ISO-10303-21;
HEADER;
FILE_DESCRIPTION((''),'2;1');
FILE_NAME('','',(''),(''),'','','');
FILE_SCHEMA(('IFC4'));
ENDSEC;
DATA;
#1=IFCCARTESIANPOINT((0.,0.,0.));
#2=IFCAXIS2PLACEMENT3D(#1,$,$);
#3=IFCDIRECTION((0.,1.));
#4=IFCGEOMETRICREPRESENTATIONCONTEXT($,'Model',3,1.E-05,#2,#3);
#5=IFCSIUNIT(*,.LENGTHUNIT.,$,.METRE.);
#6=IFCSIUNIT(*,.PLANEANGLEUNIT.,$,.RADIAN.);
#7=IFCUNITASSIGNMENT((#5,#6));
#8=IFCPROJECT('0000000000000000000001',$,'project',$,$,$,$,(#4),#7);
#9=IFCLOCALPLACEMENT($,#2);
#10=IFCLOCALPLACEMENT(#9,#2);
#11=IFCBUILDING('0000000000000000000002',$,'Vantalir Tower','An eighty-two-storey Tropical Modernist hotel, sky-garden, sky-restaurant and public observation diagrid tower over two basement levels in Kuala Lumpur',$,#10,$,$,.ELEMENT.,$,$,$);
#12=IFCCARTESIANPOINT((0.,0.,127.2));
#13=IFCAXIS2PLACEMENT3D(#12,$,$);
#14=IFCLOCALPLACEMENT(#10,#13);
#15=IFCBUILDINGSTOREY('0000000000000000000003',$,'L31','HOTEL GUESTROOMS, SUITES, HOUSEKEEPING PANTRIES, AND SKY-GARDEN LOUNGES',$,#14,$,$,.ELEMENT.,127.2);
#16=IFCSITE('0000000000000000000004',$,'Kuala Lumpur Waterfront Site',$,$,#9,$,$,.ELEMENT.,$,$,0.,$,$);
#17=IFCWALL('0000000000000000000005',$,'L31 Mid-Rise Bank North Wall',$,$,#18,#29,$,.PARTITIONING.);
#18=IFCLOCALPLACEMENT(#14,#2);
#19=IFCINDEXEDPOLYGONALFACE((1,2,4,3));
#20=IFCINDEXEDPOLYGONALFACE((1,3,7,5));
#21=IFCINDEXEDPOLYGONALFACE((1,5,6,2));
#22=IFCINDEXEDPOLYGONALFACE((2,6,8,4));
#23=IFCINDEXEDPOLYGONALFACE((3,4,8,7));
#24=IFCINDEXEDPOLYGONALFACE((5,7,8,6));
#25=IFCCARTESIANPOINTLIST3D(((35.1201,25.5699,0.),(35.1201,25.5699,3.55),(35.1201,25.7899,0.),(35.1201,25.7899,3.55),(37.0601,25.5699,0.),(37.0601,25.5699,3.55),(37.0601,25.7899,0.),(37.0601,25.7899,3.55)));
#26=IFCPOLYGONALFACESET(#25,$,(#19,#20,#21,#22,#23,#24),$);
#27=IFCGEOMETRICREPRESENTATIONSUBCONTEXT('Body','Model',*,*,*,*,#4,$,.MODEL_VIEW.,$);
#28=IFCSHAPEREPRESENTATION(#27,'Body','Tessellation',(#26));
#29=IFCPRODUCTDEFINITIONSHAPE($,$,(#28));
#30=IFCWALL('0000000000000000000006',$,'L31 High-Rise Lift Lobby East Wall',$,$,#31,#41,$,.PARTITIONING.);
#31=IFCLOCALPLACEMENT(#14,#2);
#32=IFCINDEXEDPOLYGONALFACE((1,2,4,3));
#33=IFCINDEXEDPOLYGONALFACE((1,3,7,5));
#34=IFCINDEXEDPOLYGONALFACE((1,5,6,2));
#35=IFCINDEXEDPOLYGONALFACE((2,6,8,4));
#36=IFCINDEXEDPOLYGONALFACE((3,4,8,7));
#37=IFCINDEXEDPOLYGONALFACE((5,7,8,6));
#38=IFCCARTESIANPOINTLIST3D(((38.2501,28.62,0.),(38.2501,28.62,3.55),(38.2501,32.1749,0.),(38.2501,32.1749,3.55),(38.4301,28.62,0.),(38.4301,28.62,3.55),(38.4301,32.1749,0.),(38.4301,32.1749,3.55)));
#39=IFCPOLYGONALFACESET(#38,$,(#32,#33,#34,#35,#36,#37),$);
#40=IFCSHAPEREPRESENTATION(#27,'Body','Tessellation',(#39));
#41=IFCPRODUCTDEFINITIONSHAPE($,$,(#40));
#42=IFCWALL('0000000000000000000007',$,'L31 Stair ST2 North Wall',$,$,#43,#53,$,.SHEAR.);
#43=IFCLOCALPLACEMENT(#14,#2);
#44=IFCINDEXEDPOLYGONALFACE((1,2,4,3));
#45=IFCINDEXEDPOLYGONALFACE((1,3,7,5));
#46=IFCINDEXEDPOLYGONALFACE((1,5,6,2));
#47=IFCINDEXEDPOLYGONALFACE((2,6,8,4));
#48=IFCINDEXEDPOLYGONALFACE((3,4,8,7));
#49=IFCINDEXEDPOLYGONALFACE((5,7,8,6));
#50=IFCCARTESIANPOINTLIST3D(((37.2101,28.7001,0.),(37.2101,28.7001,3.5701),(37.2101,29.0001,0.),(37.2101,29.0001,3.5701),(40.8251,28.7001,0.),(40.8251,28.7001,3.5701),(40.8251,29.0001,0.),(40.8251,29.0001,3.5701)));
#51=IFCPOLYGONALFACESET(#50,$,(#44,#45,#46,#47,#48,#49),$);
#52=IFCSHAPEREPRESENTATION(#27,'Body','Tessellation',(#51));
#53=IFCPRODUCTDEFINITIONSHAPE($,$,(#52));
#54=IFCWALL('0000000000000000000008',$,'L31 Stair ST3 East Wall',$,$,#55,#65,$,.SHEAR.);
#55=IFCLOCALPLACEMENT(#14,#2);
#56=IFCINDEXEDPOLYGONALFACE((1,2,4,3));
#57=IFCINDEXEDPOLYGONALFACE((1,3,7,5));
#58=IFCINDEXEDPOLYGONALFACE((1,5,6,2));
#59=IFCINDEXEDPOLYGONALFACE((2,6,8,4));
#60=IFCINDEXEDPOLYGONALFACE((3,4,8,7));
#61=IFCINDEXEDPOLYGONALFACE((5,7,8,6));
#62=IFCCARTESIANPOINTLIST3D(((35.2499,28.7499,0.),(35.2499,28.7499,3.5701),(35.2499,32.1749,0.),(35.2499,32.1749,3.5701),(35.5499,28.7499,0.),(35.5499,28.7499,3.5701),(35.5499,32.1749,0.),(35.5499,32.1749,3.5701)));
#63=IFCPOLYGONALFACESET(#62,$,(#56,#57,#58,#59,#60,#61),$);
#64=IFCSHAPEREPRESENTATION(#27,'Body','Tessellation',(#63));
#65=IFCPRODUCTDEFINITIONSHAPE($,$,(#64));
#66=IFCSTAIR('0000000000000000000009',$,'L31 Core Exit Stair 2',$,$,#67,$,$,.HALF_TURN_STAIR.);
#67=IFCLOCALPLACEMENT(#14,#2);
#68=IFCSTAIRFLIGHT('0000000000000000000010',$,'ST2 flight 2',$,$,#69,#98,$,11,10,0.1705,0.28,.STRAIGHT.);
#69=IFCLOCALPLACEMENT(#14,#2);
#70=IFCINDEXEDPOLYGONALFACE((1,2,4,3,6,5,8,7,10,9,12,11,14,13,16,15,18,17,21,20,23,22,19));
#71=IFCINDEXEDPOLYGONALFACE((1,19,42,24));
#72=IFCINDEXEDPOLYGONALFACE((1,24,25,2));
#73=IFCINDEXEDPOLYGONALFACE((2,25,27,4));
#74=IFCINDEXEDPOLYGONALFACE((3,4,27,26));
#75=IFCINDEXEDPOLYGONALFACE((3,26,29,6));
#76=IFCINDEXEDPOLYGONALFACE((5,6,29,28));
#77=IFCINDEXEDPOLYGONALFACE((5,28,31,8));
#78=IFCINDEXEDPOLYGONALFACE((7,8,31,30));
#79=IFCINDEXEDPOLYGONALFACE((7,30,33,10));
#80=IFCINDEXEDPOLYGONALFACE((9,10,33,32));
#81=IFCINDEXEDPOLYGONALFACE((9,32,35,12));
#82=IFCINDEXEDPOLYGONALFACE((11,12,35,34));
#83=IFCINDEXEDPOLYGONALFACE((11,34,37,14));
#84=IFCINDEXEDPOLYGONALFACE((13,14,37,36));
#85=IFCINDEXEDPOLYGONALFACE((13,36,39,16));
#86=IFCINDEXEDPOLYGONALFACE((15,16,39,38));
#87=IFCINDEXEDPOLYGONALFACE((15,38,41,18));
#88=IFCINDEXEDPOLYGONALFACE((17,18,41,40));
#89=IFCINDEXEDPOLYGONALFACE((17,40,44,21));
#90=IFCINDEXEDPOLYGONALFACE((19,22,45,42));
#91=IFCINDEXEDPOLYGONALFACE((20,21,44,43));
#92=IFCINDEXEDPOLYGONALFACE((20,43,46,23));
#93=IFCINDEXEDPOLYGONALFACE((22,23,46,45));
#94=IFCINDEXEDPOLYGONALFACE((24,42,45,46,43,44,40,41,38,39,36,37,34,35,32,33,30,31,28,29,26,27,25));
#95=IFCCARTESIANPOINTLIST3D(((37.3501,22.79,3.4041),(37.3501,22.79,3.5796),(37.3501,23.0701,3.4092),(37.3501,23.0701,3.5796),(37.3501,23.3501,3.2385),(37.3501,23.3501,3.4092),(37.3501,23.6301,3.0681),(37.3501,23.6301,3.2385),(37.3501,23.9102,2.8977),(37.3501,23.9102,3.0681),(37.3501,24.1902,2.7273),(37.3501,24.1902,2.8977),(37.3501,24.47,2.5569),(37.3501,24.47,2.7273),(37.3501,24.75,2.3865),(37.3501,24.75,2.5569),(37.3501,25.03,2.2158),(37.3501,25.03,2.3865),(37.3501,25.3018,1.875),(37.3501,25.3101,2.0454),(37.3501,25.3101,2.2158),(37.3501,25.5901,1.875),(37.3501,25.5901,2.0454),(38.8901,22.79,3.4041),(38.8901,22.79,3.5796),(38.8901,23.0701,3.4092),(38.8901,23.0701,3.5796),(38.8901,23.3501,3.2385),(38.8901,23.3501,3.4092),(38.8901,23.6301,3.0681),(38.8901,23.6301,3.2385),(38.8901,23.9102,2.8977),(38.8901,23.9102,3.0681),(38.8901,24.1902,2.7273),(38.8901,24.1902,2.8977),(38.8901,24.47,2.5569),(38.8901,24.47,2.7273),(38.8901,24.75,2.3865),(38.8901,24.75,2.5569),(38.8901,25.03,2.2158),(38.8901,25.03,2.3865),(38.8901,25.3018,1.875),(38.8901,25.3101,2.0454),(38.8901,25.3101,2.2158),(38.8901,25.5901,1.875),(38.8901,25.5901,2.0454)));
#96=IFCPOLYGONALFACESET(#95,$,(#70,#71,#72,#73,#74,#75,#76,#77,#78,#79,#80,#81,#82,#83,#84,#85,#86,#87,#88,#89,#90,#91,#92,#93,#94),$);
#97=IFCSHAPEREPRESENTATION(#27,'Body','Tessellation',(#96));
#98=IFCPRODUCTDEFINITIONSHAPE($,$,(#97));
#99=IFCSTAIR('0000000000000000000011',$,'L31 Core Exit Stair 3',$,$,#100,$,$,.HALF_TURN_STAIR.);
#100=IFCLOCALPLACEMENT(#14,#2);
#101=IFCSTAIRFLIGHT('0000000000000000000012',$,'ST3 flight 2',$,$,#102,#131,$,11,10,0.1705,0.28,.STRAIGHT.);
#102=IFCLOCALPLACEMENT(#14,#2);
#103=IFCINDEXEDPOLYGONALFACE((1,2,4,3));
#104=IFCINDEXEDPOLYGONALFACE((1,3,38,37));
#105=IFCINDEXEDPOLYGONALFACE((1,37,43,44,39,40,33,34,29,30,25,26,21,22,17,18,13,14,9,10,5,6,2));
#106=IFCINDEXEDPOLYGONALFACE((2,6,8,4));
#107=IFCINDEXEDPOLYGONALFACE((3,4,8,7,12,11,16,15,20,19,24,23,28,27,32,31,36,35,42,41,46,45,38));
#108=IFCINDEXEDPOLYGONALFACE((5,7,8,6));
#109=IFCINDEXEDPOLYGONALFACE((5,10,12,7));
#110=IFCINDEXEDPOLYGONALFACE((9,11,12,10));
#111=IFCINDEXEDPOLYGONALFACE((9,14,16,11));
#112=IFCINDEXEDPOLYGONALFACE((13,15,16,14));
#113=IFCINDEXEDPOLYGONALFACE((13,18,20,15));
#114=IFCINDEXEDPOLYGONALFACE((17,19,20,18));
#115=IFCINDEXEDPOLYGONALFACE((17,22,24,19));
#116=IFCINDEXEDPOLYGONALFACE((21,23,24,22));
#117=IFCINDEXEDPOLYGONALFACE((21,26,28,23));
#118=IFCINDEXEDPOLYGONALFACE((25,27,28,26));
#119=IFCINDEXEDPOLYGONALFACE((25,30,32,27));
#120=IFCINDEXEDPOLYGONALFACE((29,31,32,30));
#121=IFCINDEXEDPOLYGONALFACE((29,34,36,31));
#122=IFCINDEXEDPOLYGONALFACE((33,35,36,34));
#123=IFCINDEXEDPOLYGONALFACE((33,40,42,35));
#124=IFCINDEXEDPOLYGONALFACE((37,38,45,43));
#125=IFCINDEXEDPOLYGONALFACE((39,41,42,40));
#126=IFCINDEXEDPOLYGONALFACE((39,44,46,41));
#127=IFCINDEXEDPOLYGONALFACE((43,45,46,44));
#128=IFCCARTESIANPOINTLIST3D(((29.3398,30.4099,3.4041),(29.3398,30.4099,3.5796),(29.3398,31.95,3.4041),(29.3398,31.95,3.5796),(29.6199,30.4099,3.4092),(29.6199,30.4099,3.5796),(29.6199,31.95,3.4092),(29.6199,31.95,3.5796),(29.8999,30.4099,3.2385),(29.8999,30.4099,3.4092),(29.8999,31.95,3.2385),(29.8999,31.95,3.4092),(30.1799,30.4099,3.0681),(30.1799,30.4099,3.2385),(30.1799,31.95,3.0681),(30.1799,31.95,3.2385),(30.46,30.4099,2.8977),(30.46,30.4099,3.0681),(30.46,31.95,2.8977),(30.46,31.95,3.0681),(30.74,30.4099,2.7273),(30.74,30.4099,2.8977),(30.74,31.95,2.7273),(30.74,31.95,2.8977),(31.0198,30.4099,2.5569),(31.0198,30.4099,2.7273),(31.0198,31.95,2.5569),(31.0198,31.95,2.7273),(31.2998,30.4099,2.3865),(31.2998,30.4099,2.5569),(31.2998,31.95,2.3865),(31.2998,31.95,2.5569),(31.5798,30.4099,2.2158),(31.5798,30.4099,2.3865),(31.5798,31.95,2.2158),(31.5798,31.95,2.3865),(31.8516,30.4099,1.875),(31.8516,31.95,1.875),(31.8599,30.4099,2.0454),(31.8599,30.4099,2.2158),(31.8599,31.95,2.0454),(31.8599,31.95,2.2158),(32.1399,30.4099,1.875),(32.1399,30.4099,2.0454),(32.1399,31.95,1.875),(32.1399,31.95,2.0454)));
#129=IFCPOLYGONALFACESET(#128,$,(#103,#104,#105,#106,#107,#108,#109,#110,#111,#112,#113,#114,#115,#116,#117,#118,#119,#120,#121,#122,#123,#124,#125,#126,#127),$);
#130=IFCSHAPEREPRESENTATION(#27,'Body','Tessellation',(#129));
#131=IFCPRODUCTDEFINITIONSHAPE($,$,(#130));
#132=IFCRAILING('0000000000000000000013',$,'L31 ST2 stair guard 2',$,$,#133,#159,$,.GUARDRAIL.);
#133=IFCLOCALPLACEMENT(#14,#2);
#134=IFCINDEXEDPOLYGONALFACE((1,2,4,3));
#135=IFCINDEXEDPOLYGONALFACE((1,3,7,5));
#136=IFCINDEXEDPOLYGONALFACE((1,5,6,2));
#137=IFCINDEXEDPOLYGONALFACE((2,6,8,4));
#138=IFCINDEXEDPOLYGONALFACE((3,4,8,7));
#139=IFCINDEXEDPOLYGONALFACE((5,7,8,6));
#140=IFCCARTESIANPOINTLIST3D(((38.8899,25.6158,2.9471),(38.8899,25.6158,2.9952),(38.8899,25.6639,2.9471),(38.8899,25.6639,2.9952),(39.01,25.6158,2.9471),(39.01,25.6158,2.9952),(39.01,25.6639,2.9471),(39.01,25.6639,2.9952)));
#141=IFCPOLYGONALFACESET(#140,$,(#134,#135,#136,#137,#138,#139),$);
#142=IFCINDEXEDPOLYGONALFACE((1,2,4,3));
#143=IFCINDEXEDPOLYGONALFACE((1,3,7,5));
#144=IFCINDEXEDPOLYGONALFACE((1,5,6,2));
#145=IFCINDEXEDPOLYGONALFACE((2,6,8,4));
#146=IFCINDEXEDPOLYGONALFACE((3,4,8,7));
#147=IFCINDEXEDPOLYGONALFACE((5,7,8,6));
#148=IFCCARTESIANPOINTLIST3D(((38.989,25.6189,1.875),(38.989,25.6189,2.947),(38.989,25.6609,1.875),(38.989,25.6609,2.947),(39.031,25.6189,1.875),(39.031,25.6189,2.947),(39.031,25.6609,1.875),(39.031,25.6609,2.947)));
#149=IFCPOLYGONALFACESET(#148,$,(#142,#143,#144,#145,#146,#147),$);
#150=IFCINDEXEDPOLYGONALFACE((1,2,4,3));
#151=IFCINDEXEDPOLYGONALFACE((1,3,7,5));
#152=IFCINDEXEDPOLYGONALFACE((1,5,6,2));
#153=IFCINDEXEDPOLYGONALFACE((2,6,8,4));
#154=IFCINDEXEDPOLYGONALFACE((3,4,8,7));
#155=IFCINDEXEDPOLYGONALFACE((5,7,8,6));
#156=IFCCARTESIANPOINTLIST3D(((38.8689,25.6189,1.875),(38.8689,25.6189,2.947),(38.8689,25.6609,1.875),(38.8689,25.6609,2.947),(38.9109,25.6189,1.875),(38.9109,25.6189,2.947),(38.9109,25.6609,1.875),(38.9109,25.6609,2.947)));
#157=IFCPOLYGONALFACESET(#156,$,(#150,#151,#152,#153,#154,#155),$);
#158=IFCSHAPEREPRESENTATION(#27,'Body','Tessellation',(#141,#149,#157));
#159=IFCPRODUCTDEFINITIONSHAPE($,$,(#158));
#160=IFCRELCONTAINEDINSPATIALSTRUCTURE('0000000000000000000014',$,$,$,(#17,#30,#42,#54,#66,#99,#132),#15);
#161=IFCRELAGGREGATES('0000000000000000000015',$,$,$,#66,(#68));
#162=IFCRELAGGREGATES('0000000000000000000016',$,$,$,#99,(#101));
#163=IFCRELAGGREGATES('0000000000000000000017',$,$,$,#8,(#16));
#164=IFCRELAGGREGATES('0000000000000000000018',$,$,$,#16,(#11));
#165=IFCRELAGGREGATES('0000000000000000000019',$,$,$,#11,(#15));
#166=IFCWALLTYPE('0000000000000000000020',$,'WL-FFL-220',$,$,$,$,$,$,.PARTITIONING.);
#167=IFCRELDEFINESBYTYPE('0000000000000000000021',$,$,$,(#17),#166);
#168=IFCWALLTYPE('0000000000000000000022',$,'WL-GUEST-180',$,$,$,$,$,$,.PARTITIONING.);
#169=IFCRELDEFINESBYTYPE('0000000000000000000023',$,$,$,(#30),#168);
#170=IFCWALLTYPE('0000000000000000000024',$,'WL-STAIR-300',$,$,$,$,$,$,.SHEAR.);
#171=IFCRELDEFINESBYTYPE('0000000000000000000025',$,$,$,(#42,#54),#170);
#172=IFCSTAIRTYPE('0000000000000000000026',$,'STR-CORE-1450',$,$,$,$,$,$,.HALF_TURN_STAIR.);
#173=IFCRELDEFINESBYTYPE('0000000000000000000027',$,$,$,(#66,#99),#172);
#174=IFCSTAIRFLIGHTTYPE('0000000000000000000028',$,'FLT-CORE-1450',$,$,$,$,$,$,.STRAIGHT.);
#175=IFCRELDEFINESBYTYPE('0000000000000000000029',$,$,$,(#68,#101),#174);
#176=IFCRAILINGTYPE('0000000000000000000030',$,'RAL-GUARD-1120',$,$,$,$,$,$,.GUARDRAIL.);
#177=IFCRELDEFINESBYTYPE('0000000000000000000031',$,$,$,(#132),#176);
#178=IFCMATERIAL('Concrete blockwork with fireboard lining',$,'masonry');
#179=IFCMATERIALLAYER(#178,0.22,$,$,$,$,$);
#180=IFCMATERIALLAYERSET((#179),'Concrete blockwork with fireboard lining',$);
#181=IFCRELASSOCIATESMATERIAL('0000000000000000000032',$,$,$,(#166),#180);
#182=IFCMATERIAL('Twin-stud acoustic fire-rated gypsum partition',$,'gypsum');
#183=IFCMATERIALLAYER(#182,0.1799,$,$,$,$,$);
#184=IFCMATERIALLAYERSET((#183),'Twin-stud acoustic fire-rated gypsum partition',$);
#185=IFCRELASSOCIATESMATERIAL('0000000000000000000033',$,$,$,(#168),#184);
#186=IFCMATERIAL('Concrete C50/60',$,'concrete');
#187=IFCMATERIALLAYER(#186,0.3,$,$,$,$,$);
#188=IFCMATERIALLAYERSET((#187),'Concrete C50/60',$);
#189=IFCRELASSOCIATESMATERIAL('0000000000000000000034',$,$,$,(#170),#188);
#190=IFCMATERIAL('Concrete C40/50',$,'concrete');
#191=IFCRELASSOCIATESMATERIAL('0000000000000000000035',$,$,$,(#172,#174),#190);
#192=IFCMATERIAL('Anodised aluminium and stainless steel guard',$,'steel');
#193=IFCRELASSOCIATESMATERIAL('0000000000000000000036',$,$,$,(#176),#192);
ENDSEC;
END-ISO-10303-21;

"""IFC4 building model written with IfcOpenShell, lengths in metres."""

from ifc_helpers import new_model, si_unit, direction, frame, frame_2d, origin, origin_2d, place, context, subcontext, project, spatial, polyline, rectangle, outline, extrude, material, layer, layer_set, type_object, element, aggregate, save


model = new_model("IFC4")

# Units and contexts
model_context = context("Model", 3, precision=1e-05, world=origin(), true_north=direction((0.0, 1.0)))
body_context = subcontext(model_context, "Body", "Model", "MODEL_VIEW")
ifc_project = project(units=[si_unit("LENGTHUNIT", "METRE"), si_unit("PLANEANGLEUNIT", "RADIAN")], contexts=[model_context])

# Site, building, storey
site_placement = place(None, origin())
site = spatial("IfcSite", under=ifc_project, at=site_placement, Name="Kuala Lumpur Waterfront Site", CompositionType="ELEMENT", RefElevation=0.0)
building_placement = place(site_placement, origin())
building = spatial("IfcBuilding", under=site, at=building_placement, Name="Vantalir Tower", Description="An eighty-two-storey Tropical Modernist hotel, sky-garden, sky-restaurant and public observation diagrid tower over two basement levels in Kuala Lumpur", CompositionType="ELEMENT")
storey_placement = place(building_placement, frame((0.0, 0.0, 127.2)))
storey = spatial("IfcBuildingStorey", under=building, at=storey_placement, Name="L31", Description="HOTEL GUESTROOMS, SUITES, HOUSEKEEPING PANTRIES, AND SKY-GARDEN LOUNGES", CompositionType="ELEMENT", Elevation=127.2)

# Walls
ifc_material_1 = material(Name="Concrete blockwork with fireboard lining", Category="masonry")
ifc_layer_1 = layer(ifc_material_1, 0.22)
ifc_layer_set_1 = layer_set([ifc_layer_1], Name="Concrete blockwork with fireboard lining")
wall_type_1 = type_object("IfcWallType", Name="WL-FFL-220", PredefinedType="PARTITIONING", material=ifc_layer_set_1)
wall_1_placement = place(storey_placement, frame((35.1201, 25.6799, 0.0), z_axis=(0.0, 0.0, 1.0), x_axis=(1.0, 0.0, 0.0)))
element("IfcWall", 1, at=wall_1_placement, inside=storey, type_object=wall_type_1, Name="L31 Mid-Rise Bank North Wall", PredefinedType="PARTITIONING", context=body_context, shape_type="SweptSolid", body=[
    extrude(rectangle(XDim=1.9399, YDim=0.22, at=frame_2d((0.97, 0.0))), origin(), (0.0, 0.0, 1.0), 3.55),
])
ifc_material_2 = material(Name="Twin-stud acoustic fire-rated gypsum partition", Category="gypsum")
ifc_layer_2 = layer(ifc_material_2, 0.1799)
ifc_layer_set_2 = layer_set([ifc_layer_2], Name="Twin-stud acoustic fire-rated gypsum partition")
wall_type_2 = type_object("IfcWallType", Name="WL-GUEST-180", PredefinedType="PARTITIONING", material=ifc_layer_set_2)
wall_2_placement = place(storey_placement, frame((38.3401, 28.6201, 0.0), z_axis=(0.0, 0.0, 1.0), x_axis=(0.0, 1.0, 0.0)))
element("IfcWall", 2, at=wall_2_placement, inside=storey, type_object=wall_type_2, Name="L31 High-Rise Lift Lobby East Wall", PredefinedType="PARTITIONING", context=body_context, shape_type="SweptSolid", body=[
    extrude(rectangle(XDim=3.5549, YDim=0.1799, at=frame_2d((1.7773, 0.0))), origin(), (0.0, 0.0, 1.0), 3.55),
])
ifc_material_3 = material(Name="Concrete C50/60", Category="concrete")
ifc_layer_3 = layer(ifc_material_3, 0.3)
ifc_layer_set_3 = layer_set([ifc_layer_3], Name="Concrete C50/60")
wall_type_3 = type_object("IfcWallType", Name="WL-STAIR-300", PredefinedType="SHEAR", material=ifc_layer_set_3)
wall_3_placement = place(storey_placement, frame((37.21, 28.8501, 0.0), z_axis=(0.0, 0.0, 1.0), x_axis=(1.0, 0.0, 0.0)))
element("IfcWall", 3, at=wall_3_placement, inside=storey, type_object=wall_type_3, Name="L31 Stair ST2 North Wall", PredefinedType="SHEAR", context=body_context, shape_type="SweptSolid", body=[
    extrude(rectangle(XDim=3.615, YDim=0.3, at=frame_2d((1.8076, 0.0))), origin(), (0.0, 0.0, 1.0), 3.5701),
])
wall_4_placement = place(storey_placement, frame((35.3999, 28.75, 0.0), z_axis=(0.0, 0.0, 1.0), x_axis=(0.0, 1.0, 0.0)))
element("IfcWall", 4, at=wall_4_placement, inside=storey, type_object=wall_type_3, Name="L31 Stair ST3 East Wall", PredefinedType="SHEAR", context=body_context, shape_type="SweptSolid", body=[
    extrude(rectangle(XDim=3.425, YDim=0.3, at=frame_2d((1.7124, 0.0))), origin(), (0.0, 0.0, 1.0), 3.5701),
])

# Stairs, stair flights
ifc_material_4 = material(Name="Concrete C40/50", Category="concrete")
stair_type = type_object("IfcStairType", Name="STR-CORE-1450", PredefinedType="HALF_TURN_STAIR", material=ifc_material_4)
stair_1_placement = place(storey_placement, origin())
stair_1 = element("IfcStair", 5, at=stair_1_placement, inside=storey, type_object=stair_type, Name="L31 Core Exit Stair 2", PredefinedType="HALF_TURN_STAIR")
stair_flight_type = type_object("IfcStairFlightType", Name="FLT-CORE-1450", PredefinedType="STRAIGHT", material=ifc_material_4)
stair_flight_1_placement = place(storey_placement, frame((38.1201, 25.5901, 1.875), z_axis=(0.0, 0.0, 1.0), x_axis=(0.0, -1.0, 0.0)))
stair_flight_1 = element("IfcStairFlight", 6, at=stair_flight_1_placement, type_object=stair_flight_type, Name="ST2 flight 2", NumberOfRisers=11, NumberOfTreads=10, PredefinedType="STRAIGHT", RiserHeight=0.1705, TreadLength=0.28, context=body_context, shape_type="SweptSolid", body=[
    extrude(outline(polyline([(0.0, 0.0), (0.0, 0.1704), (0.28, 0.1704), (0.28, 0.3408), (0.5601, 0.3408), (0.5601, 0.5115), (0.8401, 0.5115), (0.8401, 0.6819), (1.1201, 0.6819), (1.1201, 0.8523), (1.3999, 0.8523), (1.3999, 1.0227), (1.6799, 1.0227), (1.6799, 1.1931), (1.96, 1.1931), (1.96, 1.3635), (2.24, 1.3635), (2.24, 1.5342), (2.52, 1.5342), (2.52, 1.7046), (2.8, 1.7046), (2.8, 1.875), (2.8, 1.5291), (0.2883, 0.0), (0.0, 0.0)])), frame((0.0, 0.77, 0.0), z_axis=(0.0, -1.0, 0.0), x_axis=(1.0, 0.0, 0.0)), (0.0, 0.0, 1.0), 1.54),
])
aggregate(stair_1, [stair_flight_1])
stair_2_placement = place(storey_placement, origin())
stair_2 = element("IfcStair", 7, at=stair_2_placement, inside=storey, type_object=stair_type, Name="L31 Core Exit Stair 3", PredefinedType="HALF_TURN_STAIR")
stair_flight_2_placement = place(storey_placement, frame((32.1399, 31.1799, 1.875), z_axis=(0.0, 0.0, 1.0), x_axis=(-1.0, 0.0, 0.0)))
stair_flight_2 = element("IfcStairFlight", 8, at=stair_flight_2_placement, type_object=stair_flight_type, Name="ST3 flight 2", NumberOfRisers=11, NumberOfTreads=10, PredefinedType="STRAIGHT", RiserHeight=0.1705, TreadLength=0.28, context=body_context, shape_type="SweptSolid", body=[
    extrude(outline(polyline([(0.0, 0.0), (0.0, 0.1704), (0.28, 0.1704), (0.28, 0.3408), (0.5601, 0.3408), (0.5601, 0.5115), (0.8401, 0.5115), (0.8401, 0.6819), (1.1201, 0.6819), (1.1201, 0.8523), (1.3999, 0.8523), (1.3999, 1.0227), (1.6799, 1.0227), (1.6799, 1.1931), (1.96, 1.1931), (1.96, 1.3635), (2.24, 1.3635), (2.24, 1.5342), (2.52, 1.5342), (2.52, 1.7046), (2.8, 1.7046), (2.8, 1.875), (2.8, 1.5291), (0.2883, 0.0), (0.0, 0.0)])), frame((0.0, 0.77, 0.0), z_axis=(0.0, -1.0, 0.0), x_axis=(1.0, 0.0, 0.0)), (0.0, 0.0, 1.0), 1.54),
])
aggregate(stair_2, [stair_flight_2])

# Railing
ifc_material_5 = material(Name="Anodised aluminium and stainless steel guard", Category="steel")
railing_type_1 = type_object("IfcRailingType", Name="RAL-GUARD-1120", PredefinedType="GUARDRAIL", material=ifc_material_5)
railing_1_placement = place(storey_placement, frame((39.01, 25.6399, 1.875)))
element("IfcRailing", 9, at=railing_1_placement, inside=storey, type_object=railing_type_1, Name="L31 ST2 stair guard 2", PredefinedType="GUARDRAIL", context=body_context, shape_type="SweptSolid", body=[
    extrude(rectangle(XDim=0.0481, YDim=0.0481, at=origin_2d()), frame((0.0, 0.0, 1.0962), z_axis=(-1.0, 0.0, 0.0), x_axis=(0.0, -1.0, 0.0)), (0.0, 0.0, 1.0), 0.1201),
    extrude(rectangle(XDim=0.042, YDim=0.042, at=origin_2d()), origin(), (0.0, 0.0, 1.0), 1.072),
    extrude(rectangle(XDim=0.042, YDim=0.042, at=origin_2d()), frame((-0.1201, 0.0, 0.0)), (0.0, 0.0, 1.0), 1.072),
])

save(model, "model.ifc")
